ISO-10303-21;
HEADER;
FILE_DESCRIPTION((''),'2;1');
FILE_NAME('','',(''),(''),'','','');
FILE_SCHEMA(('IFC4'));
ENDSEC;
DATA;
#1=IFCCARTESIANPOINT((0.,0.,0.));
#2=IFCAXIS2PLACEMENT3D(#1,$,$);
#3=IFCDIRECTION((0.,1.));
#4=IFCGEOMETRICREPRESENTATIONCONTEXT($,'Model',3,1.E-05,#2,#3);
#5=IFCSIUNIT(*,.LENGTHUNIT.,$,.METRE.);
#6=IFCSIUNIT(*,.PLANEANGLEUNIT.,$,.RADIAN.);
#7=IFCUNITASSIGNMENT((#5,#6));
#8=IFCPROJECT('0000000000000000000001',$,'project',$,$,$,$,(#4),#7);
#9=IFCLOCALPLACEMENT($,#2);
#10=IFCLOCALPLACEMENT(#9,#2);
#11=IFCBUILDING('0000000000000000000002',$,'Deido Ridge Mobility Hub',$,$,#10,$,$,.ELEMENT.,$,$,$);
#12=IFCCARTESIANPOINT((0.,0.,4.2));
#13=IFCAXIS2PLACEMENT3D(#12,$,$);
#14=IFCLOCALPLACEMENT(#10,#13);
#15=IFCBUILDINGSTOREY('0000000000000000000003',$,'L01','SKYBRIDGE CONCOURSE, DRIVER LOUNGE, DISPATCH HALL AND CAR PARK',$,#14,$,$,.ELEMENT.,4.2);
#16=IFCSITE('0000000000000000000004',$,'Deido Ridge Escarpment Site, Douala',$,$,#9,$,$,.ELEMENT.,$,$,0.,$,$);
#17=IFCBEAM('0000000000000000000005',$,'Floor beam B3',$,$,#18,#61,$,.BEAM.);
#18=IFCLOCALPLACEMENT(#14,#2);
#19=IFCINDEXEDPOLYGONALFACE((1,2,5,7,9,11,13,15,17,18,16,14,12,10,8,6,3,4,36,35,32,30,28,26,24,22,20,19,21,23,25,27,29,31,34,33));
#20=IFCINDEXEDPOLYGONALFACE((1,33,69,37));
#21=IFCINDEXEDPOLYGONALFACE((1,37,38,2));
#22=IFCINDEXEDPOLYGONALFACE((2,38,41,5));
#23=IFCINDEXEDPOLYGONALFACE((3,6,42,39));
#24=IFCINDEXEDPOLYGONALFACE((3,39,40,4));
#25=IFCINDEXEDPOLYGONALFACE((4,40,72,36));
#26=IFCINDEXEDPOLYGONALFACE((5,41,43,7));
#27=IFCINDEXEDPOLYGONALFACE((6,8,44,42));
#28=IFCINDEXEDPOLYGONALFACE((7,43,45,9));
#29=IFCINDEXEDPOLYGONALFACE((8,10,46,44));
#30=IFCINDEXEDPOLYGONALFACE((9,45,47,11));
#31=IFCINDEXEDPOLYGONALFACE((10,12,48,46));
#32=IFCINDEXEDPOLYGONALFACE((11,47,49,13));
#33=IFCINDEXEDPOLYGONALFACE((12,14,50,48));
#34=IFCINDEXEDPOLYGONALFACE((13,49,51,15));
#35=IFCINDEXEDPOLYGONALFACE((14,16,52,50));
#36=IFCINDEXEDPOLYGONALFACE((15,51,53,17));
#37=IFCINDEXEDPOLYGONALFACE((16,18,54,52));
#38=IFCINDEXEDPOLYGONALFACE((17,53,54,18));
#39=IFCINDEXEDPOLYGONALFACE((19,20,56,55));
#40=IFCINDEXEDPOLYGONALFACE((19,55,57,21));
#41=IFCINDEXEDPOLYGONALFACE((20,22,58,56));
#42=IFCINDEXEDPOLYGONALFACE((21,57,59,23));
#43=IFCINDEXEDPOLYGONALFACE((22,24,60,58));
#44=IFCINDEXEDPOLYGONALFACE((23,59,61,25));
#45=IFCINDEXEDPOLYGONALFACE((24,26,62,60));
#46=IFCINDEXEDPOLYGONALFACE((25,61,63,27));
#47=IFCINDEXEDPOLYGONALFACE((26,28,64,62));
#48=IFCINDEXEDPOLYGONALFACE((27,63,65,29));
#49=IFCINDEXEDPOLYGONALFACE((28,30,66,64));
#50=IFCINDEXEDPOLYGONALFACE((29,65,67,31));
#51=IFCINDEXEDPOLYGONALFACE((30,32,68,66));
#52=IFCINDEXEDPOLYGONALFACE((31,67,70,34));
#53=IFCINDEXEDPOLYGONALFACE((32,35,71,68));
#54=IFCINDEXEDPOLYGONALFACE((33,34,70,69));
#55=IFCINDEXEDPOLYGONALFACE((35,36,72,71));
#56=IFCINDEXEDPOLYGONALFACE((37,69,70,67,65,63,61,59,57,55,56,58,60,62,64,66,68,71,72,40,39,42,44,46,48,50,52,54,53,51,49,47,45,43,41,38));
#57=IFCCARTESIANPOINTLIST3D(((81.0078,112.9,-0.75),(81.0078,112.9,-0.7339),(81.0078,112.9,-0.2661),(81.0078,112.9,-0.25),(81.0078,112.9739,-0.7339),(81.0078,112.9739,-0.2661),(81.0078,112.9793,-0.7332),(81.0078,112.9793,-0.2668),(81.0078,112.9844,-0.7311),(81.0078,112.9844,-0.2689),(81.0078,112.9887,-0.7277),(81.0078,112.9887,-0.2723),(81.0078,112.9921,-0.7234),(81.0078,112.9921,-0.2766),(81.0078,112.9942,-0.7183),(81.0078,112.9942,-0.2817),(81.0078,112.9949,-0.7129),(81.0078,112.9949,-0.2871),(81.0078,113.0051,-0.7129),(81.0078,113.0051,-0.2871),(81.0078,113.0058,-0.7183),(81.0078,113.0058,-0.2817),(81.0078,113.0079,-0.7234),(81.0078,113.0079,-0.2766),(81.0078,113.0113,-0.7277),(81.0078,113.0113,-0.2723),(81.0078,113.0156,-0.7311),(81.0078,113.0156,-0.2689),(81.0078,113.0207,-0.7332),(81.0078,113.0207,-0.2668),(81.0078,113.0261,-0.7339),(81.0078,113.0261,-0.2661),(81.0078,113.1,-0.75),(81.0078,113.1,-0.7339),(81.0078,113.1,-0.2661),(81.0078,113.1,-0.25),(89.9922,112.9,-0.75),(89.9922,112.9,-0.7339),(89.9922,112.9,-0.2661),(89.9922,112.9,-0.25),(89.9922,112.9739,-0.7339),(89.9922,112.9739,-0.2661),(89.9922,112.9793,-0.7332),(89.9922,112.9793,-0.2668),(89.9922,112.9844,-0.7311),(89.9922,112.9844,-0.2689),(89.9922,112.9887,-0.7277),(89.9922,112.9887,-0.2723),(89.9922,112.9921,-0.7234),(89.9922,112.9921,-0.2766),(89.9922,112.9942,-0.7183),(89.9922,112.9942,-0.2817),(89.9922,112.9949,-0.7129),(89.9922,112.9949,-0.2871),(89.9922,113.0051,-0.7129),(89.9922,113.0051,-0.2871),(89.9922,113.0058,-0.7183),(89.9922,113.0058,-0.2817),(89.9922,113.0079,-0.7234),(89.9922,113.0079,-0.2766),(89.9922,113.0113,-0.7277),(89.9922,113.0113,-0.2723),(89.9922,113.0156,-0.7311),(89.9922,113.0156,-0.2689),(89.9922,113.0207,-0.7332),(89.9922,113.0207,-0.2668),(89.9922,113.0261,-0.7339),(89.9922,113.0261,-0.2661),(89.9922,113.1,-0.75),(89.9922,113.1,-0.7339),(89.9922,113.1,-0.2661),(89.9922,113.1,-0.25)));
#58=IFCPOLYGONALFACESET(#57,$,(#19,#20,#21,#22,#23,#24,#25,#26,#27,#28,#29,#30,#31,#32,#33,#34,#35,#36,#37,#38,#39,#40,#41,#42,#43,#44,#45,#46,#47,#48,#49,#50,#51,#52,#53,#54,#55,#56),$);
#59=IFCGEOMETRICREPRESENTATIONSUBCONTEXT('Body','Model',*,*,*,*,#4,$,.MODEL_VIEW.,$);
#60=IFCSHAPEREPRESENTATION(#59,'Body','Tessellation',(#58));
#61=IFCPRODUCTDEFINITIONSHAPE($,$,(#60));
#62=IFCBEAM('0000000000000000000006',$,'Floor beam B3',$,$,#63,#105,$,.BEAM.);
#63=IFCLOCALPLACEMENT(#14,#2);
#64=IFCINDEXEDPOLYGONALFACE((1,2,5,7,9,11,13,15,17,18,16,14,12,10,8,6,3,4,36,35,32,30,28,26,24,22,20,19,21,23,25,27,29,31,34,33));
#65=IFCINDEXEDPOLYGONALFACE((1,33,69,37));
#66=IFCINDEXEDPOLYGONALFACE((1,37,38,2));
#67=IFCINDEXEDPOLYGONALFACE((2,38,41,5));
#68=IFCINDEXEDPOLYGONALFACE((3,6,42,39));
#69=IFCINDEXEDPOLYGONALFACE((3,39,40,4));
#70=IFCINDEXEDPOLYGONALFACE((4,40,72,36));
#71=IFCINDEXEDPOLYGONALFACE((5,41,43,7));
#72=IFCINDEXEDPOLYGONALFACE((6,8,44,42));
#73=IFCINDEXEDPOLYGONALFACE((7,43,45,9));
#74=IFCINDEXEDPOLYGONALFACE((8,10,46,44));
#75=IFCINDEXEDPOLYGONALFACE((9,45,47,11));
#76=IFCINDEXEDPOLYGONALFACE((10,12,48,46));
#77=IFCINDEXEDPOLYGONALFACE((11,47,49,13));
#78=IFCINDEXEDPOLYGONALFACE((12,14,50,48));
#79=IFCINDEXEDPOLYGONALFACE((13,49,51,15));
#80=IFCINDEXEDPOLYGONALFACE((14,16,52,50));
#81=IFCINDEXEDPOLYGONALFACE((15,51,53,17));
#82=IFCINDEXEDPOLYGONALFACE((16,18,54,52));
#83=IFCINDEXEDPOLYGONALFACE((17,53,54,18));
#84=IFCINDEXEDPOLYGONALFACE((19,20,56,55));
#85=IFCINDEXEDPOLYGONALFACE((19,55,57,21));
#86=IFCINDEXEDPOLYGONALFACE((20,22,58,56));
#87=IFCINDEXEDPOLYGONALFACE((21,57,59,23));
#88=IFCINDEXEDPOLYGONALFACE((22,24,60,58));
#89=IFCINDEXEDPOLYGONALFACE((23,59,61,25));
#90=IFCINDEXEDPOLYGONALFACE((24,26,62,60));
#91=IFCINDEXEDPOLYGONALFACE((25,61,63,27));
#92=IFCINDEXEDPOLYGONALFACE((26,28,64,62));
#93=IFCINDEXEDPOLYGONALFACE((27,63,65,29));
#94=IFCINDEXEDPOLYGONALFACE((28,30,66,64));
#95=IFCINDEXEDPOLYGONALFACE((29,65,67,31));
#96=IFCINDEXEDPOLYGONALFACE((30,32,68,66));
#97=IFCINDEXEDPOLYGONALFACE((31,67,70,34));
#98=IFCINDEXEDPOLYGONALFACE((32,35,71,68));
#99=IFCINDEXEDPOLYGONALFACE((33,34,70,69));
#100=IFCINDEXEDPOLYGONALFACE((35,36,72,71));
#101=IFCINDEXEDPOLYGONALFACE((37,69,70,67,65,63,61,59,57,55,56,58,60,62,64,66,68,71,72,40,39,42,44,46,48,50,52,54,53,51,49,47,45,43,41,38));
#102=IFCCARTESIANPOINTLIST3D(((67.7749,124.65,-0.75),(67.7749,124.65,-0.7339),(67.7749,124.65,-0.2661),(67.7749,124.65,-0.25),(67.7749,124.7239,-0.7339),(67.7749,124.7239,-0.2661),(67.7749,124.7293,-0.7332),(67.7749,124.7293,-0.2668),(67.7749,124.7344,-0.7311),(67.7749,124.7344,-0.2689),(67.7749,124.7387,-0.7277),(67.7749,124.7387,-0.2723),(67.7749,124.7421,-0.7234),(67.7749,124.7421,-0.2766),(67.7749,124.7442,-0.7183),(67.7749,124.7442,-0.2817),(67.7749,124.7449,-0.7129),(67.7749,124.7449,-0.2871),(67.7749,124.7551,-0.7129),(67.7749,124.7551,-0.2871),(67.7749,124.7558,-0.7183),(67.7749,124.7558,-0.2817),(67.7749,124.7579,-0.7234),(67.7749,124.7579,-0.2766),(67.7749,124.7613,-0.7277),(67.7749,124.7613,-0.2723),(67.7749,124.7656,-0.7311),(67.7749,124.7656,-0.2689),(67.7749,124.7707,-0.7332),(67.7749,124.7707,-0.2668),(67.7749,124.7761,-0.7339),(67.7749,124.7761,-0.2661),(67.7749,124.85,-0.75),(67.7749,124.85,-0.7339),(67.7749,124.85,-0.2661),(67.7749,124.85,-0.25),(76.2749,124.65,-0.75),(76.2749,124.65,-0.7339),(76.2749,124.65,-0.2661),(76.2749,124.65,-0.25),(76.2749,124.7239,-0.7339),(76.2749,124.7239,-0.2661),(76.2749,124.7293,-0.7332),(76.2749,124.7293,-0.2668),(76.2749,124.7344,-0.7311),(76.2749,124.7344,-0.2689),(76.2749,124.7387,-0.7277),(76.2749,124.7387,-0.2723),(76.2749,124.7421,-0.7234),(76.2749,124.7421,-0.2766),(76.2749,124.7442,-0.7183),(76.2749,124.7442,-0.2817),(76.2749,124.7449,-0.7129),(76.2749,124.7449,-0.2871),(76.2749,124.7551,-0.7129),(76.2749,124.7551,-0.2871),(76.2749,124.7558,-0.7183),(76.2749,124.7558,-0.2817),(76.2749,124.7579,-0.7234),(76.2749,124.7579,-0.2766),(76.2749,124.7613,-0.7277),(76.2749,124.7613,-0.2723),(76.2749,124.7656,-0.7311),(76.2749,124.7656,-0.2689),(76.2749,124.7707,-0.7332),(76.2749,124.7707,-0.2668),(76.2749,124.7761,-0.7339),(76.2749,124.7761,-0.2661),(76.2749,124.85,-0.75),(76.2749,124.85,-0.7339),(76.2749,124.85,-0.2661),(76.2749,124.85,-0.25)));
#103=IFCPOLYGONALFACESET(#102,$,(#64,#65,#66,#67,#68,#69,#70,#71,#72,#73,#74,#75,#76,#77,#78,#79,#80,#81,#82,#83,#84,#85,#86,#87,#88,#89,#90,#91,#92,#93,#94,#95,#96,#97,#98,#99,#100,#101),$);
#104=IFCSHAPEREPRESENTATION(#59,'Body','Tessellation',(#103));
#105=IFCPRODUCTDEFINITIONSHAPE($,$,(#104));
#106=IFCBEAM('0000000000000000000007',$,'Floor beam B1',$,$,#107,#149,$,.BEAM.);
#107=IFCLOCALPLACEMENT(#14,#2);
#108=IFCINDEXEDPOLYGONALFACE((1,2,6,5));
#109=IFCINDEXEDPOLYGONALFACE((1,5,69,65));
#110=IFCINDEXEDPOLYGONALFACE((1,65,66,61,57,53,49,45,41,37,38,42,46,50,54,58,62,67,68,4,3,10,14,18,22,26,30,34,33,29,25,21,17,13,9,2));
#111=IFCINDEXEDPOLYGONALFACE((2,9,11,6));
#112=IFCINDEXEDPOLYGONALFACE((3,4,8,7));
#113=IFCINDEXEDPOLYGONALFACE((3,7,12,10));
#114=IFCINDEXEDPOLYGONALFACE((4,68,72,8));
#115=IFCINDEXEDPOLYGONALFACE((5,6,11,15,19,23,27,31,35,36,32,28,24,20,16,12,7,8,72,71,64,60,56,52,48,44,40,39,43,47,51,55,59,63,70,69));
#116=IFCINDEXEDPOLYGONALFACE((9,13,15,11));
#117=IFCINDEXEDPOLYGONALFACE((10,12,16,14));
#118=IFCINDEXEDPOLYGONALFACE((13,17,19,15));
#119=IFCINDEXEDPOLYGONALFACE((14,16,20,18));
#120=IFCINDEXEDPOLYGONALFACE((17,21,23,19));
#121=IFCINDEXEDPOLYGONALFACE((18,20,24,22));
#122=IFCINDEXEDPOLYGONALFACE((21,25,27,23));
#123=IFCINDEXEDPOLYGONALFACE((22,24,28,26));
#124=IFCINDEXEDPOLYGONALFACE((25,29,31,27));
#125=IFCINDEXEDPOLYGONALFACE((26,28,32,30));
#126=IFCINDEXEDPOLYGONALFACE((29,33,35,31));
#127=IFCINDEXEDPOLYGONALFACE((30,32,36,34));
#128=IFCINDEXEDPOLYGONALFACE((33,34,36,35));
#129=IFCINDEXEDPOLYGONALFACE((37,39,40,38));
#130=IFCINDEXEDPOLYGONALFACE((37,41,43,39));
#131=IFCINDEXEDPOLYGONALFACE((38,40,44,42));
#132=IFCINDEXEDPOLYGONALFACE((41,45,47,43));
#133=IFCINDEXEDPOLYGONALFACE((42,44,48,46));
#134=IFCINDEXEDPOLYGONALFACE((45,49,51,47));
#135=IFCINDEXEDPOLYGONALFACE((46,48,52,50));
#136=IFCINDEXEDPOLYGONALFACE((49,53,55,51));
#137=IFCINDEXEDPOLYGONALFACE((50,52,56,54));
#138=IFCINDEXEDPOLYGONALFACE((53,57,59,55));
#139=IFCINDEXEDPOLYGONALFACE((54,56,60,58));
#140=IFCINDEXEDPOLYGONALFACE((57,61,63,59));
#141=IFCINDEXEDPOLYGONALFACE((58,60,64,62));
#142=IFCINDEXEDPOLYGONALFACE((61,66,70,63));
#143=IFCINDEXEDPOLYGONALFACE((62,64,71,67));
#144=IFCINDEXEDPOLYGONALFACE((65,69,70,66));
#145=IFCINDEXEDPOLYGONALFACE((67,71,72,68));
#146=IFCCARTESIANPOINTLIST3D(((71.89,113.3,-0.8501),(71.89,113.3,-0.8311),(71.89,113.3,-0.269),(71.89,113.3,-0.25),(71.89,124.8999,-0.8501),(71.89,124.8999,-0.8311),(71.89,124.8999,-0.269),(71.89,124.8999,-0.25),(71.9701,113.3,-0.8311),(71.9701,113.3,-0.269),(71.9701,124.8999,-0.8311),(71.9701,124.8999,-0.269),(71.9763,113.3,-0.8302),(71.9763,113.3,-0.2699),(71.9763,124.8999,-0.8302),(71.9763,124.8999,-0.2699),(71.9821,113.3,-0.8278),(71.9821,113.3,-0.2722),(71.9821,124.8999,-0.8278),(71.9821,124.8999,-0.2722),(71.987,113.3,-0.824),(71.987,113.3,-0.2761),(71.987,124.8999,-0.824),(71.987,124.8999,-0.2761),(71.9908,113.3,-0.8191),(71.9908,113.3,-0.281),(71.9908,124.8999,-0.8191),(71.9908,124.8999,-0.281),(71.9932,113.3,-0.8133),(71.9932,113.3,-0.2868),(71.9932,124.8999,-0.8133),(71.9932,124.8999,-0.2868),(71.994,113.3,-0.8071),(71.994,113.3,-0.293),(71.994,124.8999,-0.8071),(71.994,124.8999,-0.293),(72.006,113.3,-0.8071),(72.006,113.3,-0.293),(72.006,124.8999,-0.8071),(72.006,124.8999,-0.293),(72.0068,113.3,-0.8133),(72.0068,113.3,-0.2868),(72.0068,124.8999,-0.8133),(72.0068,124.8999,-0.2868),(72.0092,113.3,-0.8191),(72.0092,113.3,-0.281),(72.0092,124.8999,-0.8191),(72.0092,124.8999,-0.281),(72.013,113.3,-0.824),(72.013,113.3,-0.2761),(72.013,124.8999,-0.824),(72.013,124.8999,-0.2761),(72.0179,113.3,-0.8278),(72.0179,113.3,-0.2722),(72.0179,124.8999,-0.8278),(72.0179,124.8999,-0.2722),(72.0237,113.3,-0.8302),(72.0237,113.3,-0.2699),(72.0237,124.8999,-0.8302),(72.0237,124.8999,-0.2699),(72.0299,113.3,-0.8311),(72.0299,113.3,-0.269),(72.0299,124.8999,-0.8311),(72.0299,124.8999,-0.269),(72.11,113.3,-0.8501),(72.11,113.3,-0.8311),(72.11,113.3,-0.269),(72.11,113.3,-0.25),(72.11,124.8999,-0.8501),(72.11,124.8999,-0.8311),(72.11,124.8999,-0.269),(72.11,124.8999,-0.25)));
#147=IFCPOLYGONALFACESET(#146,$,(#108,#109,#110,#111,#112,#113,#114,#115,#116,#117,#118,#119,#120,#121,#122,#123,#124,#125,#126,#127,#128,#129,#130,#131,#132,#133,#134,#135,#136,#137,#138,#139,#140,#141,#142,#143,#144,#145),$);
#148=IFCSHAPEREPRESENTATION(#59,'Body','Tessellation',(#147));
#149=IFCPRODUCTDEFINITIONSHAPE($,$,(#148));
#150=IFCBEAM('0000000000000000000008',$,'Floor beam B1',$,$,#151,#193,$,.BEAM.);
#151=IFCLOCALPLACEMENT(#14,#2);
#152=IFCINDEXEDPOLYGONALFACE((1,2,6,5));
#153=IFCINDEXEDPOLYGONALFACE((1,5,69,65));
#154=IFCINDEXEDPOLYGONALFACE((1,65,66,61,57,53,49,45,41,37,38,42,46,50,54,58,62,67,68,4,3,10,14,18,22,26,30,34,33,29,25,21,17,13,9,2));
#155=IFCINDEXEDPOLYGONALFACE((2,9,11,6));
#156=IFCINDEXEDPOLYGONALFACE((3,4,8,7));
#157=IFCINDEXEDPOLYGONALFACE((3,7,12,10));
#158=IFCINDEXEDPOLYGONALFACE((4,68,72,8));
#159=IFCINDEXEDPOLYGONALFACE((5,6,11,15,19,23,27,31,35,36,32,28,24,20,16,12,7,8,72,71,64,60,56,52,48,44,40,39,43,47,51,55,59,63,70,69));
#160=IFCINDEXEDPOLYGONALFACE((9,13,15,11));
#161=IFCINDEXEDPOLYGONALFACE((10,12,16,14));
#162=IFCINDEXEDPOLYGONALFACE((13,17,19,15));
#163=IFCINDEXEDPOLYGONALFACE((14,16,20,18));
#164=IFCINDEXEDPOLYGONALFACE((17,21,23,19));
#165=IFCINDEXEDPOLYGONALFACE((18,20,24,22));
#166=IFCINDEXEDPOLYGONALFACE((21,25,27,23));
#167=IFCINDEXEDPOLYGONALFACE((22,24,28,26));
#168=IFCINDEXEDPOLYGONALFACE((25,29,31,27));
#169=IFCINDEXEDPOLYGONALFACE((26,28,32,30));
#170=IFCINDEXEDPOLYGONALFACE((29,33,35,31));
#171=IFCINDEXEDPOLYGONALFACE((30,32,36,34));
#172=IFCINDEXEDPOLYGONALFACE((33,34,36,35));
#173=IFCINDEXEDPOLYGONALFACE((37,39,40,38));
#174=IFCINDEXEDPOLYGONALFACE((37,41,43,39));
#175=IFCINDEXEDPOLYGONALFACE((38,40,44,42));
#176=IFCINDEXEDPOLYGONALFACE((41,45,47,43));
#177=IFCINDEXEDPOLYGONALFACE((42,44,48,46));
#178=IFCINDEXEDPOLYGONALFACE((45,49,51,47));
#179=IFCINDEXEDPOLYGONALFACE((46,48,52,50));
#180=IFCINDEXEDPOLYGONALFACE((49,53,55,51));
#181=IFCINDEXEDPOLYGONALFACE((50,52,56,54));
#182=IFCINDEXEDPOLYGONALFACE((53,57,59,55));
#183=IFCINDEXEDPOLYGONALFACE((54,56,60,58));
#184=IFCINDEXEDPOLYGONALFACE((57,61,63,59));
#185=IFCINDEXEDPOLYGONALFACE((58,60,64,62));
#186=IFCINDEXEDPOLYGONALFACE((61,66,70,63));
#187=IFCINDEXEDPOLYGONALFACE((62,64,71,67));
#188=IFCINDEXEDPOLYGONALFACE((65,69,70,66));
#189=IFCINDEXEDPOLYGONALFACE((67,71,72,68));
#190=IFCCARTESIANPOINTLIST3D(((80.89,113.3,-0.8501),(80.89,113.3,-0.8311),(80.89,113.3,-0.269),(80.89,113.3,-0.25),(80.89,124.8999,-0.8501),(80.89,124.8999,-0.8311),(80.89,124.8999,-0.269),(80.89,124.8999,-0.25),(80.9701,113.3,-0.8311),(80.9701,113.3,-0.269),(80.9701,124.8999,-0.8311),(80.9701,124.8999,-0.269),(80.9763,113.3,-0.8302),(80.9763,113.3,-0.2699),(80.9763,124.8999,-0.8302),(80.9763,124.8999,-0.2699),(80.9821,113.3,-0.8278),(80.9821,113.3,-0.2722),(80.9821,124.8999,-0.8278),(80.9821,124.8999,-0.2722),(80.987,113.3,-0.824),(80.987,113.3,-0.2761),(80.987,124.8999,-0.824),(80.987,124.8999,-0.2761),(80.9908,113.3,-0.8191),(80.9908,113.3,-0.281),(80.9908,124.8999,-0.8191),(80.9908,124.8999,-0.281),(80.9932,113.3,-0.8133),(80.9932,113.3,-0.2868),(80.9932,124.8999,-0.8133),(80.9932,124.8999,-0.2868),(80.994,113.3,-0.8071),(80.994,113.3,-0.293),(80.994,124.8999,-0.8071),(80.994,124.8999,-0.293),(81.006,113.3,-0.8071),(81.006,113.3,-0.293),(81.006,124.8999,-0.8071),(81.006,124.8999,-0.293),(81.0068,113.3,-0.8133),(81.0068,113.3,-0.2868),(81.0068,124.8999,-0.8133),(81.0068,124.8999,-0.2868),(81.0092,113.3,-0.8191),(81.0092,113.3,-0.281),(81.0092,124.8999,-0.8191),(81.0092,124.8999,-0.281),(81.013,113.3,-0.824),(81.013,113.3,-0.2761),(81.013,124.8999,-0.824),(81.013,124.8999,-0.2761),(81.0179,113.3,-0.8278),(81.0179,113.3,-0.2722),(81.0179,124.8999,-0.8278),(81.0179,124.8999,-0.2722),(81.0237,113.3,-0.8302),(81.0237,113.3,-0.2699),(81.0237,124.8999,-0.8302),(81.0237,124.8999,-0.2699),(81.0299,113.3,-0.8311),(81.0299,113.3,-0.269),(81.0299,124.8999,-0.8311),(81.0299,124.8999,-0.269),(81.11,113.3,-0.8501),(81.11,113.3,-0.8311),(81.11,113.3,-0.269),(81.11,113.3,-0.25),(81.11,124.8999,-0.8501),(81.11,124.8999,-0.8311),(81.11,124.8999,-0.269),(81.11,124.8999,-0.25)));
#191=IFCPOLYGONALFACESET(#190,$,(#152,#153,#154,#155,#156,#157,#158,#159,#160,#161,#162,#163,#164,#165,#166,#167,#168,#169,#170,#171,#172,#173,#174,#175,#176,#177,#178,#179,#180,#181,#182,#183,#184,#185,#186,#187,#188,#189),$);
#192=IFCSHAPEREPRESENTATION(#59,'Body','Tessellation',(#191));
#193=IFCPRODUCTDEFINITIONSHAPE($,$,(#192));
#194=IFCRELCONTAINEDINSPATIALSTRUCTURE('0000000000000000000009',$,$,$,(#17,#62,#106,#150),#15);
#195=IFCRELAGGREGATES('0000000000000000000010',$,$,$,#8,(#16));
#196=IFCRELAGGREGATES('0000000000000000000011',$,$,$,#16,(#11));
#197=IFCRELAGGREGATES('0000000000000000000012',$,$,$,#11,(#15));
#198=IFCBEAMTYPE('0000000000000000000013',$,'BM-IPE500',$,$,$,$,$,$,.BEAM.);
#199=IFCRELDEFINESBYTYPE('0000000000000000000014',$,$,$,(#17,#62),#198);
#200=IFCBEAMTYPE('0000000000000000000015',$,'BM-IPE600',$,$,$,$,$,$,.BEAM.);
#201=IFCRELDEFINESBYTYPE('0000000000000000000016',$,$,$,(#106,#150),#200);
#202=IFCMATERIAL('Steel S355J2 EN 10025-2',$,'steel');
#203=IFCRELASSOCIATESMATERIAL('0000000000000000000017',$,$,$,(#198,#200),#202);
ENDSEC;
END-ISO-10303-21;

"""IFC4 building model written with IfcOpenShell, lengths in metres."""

from ifc_helpers import new_model, si_unit, direction, frame, origin, origin_2d, place, context, subcontext, project, spatial, i_section, extrude, material, material_profile, profile_set, type_object, element, save


model = new_model("IFC4")

# Units and contexts
model_context = context("Model", 3, precision=1e-05, world=origin(), true_north=direction((0.0, 1.0)))
body_context = subcontext(model_context, "Body", "Model", "MODEL_VIEW")
ifc_project = project(units=[si_unit("LENGTHUNIT", "METRE"), si_unit("PLANEANGLEUNIT", "RADIAN")], contexts=[model_context])

# Site, building, storey
site_placement = place(None, origin())
site = spatial("IfcSite", under=ifc_project, at=site_placement, Name="Deido Ridge Escarpment Site, Douala", CompositionType="ELEMENT", RefElevation=0.0)
building_placement = place(site_placement, origin())
building = spatial("IfcBuilding", under=site, at=building_placement, Name="Deido Ridge Mobility Hub", CompositionType="ELEMENT")
storey_placement = place(building_placement, frame((0.0, 0.0, 4.2)))
storey = spatial("IfcBuildingStorey", under=building, at=storey_placement, Name="L01", Description="SKYBRIDGE CONCOURSE, DRIVER LOUNGE, DISPATCH HALL AND CAR PARK", CompositionType="ELEMENT", Elevation=4.2)

# Shared definitions
ifc_material_1 = material(Name="Steel S355J2 EN 10025-2", Category="steel")

# Beams
ifc_material_profile_1 = material_profile(ifc_material_1, i_section(OverallWidth=0.2, OverallDepth=0.5, WebThickness=0.0103, FlangeThickness=0.0161, FilletRadius=0.021, at=origin_2d()), Name="IPE 500")
ifc_profile_set_1 = profile_set([ifc_material_profile_1], Name="Steel S355J2 EN 10025-2")
beam_type_1 = type_object("IfcBeamType", Name="BM-IPE500", PredefinedType="BEAM", material=ifc_profile_set_1)
for number, where, z_axis, x_axis, name in (
    (1, (81.0078, 113.0, -0.5), (1.0, 0.0, 0.0), (0.0, 1.0, 0.0), "Floor beam B3"),
):
    element("IfcBeam", number, at=place(storey_placement, frame(where, z_axis=z_axis, x_axis=x_axis)), inside=storey, type_object=beam_type_1, Name=name, PredefinedType="BEAM", context=body_context, shape_type="SweptSolid", body=[
        extrude(i_section(OverallWidth=0.2, OverallDepth=0.5, WebThickness=0.0103, FlangeThickness=0.0161, FilletRadius=0.021, at=origin_2d()), origin(), (0.0, 0.0, 1.0), 8.9844),
    ])
beam_placement = place(storey_placement, frame((67.7749, 124.75, -0.5), z_axis=(1.0, 0.0, 0.0), x_axis=(0.0, 1.0, 0.0)))
element("IfcBeam", 2, at=beam_placement, inside=storey, type_object=beam_type_1, Name="Floor beam B3", PredefinedType="BEAM", context=body_context, shape_type="SweptSolid", body=[
    extrude(i_section(OverallWidth=0.2, OverallDepth=0.5, WebThickness=0.0103, FlangeThickness=0.0161, FilletRadius=0.021, at=origin_2d()), origin(), (0.0, 0.0, 1.0), 8.5),
])
ifc_material_profile_2 = material_profile(ifc_material_1, i_section(OverallWidth=0.22, OverallDepth=0.6001, WebThickness=0.012, FlangeThickness=0.019, FilletRadius=0.0239, at=origin_2d()), Name="IPE 600")
ifc_profile_set_2 = profile_set([ifc_material_profile_2], Name="Steel S355J2 EN 10025-2")
beam_type_2 = type_object("IfcBeamType", Name="BM-IPE600", PredefinedType="BEAM", material=ifc_profile_set_2)
for number, where, z_axis, x_axis, name in (
    (3, (72.0, 113.3, -0.55), (0.0, 1.0, 0.0), (-1.0, 0.0, 0.0), "Floor beam B1"),
    (4, (81.0, 113.3, -0.55), (0.0, 1.0, 0.0), (-1.0, 0.0, 0.0), "Floor beam B1"),
):
    element("IfcBeam", number, at=place(storey_placement, frame(where, z_axis=z_axis, x_axis=x_axis)), inside=storey, type_object=beam_type_2, Name=name, PredefinedType="BEAM", context=body_context, shape_type="SweptSolid", body=[
        extrude(i_section(OverallWidth=0.22, OverallDepth=0.6001, WebThickness=0.012, FlangeThickness=0.019, FilletRadius=0.0239, at=origin_2d()), origin(), (0.0, 0.0, 1.0), 11.5999),
    ])

save(model, "model.ifc")
